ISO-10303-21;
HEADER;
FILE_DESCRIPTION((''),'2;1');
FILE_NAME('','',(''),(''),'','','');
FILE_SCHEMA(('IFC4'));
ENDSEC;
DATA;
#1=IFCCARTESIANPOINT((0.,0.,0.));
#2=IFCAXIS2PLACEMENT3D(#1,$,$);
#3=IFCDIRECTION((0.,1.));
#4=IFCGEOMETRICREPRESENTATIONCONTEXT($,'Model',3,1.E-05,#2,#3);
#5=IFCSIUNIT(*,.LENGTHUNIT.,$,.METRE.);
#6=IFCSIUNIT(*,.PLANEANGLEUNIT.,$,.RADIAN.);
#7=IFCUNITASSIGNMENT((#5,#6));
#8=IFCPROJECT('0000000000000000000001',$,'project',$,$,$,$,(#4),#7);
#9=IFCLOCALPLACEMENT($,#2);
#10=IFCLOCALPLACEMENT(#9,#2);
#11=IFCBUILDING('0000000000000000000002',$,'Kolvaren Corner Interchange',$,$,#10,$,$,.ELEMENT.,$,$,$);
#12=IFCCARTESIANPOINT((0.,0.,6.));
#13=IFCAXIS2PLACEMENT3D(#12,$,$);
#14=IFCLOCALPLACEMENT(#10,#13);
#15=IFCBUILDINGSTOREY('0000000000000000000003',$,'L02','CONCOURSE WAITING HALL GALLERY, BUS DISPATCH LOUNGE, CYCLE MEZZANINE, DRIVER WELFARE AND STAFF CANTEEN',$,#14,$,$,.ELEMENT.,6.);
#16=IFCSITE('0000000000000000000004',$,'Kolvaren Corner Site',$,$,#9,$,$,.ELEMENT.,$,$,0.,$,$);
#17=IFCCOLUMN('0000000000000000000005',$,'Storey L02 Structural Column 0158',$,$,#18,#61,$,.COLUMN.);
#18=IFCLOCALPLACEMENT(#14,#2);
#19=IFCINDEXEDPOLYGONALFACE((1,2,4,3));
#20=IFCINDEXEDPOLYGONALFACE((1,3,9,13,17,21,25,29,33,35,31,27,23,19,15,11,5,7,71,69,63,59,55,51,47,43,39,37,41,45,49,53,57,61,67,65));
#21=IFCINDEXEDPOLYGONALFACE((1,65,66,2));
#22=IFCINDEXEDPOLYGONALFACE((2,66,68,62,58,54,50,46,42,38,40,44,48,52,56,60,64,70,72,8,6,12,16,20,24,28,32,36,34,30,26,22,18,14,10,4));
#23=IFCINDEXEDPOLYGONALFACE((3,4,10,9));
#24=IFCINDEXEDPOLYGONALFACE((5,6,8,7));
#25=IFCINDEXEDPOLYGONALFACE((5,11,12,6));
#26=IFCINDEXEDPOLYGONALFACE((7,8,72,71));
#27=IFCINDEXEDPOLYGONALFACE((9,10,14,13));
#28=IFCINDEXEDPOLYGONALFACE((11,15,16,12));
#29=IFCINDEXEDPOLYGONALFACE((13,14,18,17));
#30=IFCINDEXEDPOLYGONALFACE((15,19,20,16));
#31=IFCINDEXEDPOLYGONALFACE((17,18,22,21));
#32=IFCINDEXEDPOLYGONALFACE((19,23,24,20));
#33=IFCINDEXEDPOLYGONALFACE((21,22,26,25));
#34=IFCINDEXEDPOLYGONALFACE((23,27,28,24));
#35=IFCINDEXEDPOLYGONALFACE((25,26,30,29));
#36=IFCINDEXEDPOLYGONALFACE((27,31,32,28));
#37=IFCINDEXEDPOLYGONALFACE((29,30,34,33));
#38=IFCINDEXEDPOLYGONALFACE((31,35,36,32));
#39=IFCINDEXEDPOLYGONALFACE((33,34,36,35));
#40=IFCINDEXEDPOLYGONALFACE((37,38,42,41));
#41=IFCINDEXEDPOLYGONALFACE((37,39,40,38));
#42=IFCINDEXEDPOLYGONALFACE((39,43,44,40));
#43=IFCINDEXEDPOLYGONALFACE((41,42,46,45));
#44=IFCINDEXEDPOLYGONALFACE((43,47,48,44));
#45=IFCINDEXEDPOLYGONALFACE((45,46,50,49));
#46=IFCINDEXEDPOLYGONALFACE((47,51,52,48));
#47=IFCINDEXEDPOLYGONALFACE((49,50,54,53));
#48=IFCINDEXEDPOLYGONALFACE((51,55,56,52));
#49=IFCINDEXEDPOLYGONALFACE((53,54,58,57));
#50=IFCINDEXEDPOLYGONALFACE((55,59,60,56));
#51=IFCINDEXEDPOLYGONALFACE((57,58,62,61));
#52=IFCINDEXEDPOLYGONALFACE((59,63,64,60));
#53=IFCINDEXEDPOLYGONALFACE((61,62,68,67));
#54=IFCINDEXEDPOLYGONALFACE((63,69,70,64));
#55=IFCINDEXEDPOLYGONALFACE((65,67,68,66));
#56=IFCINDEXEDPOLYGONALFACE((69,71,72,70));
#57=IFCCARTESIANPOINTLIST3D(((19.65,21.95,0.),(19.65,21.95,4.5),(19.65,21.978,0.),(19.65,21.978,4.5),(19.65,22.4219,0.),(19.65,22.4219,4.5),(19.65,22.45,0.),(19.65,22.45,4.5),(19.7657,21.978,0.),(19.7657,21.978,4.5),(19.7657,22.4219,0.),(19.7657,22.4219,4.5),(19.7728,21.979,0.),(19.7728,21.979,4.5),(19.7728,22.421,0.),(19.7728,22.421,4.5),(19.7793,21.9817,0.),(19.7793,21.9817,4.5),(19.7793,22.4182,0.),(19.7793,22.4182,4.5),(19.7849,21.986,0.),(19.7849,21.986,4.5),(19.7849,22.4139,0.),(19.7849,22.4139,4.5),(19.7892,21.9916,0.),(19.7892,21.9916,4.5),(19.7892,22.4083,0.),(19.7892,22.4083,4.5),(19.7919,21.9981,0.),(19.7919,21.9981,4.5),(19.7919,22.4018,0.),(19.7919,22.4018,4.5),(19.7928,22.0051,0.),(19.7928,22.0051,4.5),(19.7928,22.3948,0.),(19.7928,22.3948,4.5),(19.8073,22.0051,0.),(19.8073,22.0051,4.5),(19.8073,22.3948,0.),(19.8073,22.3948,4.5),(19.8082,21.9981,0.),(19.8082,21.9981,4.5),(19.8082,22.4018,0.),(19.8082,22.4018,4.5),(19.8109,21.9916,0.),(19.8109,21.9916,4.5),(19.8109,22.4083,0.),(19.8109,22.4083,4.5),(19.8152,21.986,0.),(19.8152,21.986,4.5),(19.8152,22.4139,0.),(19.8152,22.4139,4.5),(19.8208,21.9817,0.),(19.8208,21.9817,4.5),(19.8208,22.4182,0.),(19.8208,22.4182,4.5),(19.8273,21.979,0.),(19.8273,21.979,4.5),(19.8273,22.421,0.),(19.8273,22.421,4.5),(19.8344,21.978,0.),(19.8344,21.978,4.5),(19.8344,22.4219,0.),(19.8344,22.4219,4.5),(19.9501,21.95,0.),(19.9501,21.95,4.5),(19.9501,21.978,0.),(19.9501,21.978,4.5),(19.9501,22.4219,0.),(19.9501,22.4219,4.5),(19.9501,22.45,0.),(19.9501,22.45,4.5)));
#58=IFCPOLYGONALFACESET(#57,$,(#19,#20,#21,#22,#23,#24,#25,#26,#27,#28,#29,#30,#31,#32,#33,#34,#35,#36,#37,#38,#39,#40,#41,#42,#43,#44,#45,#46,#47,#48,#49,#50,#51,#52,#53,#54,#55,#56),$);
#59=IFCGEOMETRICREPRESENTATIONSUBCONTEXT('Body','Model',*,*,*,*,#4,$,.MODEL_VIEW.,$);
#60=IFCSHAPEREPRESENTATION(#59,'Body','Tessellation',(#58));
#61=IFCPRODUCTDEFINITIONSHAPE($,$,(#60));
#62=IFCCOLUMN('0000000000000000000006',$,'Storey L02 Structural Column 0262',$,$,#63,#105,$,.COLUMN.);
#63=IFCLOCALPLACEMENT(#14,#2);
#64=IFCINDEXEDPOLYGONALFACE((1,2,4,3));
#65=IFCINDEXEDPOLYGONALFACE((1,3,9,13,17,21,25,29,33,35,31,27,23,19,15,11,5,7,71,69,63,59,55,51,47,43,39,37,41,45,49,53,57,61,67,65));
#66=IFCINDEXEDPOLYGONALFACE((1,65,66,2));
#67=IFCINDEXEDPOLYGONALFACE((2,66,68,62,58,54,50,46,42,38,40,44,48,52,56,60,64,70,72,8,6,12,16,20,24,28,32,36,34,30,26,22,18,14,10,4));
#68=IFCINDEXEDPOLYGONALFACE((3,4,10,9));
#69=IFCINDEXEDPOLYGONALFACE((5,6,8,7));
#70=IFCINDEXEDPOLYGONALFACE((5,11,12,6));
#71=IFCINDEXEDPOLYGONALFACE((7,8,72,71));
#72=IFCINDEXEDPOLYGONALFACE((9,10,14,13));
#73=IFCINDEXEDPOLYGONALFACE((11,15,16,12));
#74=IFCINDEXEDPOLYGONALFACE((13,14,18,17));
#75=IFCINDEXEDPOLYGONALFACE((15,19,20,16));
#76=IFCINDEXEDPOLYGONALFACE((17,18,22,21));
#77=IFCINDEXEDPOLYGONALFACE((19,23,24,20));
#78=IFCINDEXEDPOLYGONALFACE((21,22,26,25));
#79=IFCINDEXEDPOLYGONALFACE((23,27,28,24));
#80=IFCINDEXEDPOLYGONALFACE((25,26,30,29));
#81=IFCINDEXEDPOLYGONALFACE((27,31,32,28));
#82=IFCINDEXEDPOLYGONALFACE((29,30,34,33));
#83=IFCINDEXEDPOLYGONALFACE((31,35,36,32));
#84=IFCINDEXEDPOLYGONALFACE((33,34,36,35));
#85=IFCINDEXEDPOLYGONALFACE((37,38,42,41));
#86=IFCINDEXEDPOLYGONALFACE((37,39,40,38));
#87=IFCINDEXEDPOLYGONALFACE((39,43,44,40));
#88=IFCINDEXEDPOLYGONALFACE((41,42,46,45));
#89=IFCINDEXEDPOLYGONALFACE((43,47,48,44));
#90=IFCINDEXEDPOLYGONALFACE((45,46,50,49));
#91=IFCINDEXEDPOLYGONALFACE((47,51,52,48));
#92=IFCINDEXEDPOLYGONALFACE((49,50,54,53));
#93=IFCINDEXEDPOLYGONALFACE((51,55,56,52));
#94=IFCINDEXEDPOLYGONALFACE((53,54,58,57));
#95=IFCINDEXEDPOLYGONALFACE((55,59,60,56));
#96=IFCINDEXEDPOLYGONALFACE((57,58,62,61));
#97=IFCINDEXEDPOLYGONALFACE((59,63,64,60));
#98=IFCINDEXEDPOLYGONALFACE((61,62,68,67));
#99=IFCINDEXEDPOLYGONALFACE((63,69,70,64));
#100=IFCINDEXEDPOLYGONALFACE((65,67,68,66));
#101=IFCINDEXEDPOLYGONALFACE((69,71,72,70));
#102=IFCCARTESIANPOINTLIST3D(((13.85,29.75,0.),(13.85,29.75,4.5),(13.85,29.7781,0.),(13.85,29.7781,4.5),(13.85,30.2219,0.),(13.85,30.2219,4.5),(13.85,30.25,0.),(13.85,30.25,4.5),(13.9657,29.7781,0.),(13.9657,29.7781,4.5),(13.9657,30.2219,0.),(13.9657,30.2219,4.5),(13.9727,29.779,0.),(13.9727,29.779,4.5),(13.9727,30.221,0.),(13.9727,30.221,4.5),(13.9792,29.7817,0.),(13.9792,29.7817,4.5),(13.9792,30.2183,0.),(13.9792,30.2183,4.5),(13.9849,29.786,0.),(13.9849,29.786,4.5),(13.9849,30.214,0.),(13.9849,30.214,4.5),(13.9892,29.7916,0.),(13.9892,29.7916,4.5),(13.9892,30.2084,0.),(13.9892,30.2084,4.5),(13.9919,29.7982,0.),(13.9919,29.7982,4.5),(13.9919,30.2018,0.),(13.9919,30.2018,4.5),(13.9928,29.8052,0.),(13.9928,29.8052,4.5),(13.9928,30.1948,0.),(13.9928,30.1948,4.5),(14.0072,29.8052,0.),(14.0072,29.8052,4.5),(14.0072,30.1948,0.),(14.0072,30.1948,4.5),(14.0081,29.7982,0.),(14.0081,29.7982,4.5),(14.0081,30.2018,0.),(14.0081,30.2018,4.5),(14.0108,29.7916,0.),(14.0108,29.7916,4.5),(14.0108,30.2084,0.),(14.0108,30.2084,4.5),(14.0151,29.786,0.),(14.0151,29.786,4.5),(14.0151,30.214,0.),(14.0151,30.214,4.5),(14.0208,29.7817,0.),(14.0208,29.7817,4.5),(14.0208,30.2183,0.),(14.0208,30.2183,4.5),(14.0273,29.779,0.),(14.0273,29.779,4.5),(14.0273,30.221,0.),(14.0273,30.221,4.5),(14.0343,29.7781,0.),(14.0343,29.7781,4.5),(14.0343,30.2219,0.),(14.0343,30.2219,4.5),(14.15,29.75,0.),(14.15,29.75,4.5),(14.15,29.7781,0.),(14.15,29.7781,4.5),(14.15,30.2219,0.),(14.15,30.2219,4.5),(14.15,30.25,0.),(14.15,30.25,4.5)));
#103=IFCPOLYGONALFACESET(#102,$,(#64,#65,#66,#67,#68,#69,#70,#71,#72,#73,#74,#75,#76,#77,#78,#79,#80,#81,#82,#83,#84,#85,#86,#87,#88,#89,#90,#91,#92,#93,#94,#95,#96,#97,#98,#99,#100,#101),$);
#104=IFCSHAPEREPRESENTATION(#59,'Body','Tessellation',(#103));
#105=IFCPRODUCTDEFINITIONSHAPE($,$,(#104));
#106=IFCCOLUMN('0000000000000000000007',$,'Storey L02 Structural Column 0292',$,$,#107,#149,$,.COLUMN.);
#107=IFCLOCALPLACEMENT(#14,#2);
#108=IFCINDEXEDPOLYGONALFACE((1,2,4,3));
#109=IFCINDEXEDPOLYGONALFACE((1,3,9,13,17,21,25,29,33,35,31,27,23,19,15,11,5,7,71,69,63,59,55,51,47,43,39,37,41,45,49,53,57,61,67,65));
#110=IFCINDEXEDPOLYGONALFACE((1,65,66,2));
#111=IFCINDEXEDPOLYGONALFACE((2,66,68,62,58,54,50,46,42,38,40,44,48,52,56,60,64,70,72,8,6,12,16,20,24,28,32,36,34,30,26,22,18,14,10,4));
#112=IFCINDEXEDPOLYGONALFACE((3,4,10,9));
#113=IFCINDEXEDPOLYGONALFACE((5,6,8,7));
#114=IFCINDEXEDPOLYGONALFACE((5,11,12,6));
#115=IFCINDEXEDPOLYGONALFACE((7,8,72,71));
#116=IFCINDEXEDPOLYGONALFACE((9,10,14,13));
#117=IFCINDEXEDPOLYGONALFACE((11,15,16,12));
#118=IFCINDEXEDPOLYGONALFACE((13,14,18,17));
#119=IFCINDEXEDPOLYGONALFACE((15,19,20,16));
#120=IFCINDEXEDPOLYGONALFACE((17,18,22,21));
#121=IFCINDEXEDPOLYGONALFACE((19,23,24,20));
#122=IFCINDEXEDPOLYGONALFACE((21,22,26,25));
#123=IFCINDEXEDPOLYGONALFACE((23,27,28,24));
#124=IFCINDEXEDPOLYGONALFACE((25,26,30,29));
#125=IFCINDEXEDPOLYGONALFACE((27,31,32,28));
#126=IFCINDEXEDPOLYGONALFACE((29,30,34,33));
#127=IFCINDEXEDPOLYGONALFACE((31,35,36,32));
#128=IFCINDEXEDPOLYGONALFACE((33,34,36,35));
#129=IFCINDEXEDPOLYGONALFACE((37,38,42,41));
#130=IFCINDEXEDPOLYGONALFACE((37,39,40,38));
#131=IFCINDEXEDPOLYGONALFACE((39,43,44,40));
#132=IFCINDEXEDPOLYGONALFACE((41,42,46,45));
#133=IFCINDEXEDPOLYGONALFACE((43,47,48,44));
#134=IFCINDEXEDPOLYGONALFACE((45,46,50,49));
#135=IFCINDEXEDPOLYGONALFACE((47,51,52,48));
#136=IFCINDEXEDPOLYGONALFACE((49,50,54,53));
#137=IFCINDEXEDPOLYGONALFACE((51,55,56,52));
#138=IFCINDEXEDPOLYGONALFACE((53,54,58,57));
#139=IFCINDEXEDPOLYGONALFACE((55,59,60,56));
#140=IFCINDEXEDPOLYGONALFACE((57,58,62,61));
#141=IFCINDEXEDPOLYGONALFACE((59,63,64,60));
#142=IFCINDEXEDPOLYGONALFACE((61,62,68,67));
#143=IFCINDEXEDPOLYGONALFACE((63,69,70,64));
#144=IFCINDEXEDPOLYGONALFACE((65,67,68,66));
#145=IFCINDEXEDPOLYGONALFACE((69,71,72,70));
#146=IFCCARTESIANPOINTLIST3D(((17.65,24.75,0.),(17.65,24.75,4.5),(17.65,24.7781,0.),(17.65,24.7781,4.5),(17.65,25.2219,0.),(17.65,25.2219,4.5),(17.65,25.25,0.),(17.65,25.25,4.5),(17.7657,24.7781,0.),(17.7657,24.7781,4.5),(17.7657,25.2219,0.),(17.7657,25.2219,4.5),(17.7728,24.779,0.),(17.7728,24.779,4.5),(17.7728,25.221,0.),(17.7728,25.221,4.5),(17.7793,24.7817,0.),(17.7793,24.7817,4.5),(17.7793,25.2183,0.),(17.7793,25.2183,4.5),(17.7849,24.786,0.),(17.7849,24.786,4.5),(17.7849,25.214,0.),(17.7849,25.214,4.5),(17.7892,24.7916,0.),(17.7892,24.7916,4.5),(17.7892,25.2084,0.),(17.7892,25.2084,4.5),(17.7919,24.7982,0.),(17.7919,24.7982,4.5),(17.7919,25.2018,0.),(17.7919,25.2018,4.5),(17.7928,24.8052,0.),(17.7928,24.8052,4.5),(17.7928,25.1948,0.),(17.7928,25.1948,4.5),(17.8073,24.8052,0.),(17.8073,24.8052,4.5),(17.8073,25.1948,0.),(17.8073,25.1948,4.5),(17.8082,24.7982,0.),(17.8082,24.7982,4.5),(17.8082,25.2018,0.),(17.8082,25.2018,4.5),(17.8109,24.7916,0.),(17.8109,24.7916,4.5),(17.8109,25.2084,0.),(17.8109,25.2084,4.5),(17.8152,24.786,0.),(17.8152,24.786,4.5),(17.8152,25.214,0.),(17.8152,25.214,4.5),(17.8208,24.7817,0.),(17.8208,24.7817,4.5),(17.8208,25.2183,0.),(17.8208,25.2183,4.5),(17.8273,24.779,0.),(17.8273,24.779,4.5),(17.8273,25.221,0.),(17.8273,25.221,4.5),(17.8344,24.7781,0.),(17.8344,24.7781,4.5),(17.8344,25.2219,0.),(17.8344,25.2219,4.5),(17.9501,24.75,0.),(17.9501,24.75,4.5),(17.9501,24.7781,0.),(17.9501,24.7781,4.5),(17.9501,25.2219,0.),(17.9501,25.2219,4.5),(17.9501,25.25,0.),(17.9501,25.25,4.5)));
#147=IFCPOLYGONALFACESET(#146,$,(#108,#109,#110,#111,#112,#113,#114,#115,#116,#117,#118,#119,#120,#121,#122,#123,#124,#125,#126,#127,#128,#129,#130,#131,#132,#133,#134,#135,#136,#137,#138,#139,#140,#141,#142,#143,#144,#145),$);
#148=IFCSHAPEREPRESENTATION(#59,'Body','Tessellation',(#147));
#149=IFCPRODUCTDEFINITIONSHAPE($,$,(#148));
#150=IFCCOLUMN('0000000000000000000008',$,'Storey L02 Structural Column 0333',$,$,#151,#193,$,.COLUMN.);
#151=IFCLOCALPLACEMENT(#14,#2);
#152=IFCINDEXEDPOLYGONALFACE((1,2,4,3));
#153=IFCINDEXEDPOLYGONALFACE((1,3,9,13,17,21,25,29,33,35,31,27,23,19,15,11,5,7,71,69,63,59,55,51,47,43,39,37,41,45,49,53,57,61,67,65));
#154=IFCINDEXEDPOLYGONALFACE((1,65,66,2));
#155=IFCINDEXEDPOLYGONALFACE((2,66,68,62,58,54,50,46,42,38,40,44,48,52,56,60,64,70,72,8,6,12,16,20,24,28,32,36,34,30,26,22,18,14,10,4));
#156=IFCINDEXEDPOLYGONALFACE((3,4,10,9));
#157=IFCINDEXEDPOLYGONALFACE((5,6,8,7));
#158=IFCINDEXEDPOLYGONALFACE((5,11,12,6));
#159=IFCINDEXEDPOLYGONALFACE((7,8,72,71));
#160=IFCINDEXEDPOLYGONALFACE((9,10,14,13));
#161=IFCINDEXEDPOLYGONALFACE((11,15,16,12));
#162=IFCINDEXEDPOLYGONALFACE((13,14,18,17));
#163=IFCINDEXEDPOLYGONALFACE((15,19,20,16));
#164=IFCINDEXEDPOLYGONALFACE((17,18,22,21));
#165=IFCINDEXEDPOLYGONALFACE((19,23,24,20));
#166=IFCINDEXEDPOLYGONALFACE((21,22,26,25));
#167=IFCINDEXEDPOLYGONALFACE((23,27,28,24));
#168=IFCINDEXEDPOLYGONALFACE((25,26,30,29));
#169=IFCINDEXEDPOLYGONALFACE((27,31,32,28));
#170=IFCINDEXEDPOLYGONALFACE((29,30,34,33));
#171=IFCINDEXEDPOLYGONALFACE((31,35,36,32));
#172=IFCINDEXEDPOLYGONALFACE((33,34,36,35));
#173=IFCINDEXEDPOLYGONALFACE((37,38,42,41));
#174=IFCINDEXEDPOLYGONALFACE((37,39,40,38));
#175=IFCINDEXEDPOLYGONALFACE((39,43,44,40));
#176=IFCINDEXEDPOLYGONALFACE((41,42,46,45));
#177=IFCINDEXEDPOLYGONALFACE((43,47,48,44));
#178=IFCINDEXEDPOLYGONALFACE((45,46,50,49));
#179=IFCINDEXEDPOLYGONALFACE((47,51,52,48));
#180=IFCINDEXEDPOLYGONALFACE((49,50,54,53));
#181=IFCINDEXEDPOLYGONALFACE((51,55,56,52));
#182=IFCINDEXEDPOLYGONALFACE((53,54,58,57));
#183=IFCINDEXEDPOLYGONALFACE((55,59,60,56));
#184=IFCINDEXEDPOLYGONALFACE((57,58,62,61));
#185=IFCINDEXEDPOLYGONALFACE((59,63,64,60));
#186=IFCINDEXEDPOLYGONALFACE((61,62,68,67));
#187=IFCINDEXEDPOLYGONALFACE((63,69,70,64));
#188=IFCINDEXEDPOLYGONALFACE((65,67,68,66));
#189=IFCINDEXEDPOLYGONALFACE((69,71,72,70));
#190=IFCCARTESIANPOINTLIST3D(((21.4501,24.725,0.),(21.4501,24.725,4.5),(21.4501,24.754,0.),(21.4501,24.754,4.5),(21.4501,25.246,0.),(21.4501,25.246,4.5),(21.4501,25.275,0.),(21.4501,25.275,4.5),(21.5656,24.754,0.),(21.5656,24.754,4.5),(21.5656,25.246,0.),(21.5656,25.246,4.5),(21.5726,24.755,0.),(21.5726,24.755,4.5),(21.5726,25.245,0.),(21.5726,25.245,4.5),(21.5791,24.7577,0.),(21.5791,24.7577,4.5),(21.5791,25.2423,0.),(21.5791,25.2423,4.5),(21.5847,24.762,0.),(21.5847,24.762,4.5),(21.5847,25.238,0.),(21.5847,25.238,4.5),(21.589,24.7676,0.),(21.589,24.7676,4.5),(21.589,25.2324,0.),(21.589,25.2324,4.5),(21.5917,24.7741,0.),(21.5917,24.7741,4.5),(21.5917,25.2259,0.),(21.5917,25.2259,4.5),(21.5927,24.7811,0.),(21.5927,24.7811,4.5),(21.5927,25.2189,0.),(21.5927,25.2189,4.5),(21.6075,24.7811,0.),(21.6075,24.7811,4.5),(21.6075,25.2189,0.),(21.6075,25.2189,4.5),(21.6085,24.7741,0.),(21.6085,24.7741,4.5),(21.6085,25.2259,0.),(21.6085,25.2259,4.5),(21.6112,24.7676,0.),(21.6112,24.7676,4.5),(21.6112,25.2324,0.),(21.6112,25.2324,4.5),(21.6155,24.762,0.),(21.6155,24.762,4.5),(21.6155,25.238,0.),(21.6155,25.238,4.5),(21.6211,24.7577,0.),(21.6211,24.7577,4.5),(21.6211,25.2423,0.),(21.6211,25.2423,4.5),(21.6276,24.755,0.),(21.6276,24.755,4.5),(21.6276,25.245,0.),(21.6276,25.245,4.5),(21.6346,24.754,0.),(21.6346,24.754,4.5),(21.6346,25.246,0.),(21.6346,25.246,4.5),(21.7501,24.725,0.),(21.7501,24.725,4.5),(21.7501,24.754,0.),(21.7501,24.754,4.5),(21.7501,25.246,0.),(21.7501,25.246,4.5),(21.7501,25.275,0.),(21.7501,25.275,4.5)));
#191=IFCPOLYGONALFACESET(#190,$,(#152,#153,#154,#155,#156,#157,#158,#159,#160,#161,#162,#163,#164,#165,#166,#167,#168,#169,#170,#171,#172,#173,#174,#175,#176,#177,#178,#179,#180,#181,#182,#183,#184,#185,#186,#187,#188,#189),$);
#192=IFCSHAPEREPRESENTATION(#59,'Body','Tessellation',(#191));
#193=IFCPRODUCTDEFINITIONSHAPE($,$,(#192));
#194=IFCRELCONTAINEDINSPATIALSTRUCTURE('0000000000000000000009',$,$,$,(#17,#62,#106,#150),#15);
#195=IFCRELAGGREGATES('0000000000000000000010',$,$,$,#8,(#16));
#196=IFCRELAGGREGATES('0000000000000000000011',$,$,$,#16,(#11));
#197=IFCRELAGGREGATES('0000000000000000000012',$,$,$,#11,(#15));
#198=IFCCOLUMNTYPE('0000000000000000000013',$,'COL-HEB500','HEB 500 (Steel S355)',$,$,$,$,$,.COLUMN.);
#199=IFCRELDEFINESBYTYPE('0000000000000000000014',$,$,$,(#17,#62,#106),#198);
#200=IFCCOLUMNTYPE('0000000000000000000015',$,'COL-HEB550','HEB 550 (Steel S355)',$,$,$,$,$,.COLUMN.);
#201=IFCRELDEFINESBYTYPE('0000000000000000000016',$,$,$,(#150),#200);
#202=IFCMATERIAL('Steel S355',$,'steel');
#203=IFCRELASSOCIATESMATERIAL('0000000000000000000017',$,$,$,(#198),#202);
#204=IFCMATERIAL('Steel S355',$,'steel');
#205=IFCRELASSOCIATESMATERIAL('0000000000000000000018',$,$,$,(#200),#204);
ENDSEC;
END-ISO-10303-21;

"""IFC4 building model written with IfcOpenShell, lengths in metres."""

from ifc_helpers import new_model, si_unit, direction, frame, origin, origin_2d, place, context, subcontext, project, spatial, i_section, extrude, material, material_profile, profile_set, type_object, element, save


model = new_model("IFC4")

# Units and contexts
model_context = context("Model", 3, precision=1e-05, world=origin(), true_north=direction((0.0, 1.0)))
body_context = subcontext(model_context, "Body", "Model", "MODEL_VIEW")
ifc_project = project(units=[si_unit("LENGTHUNIT", "METRE"), si_unit("PLANEANGLEUNIT", "RADIAN")], contexts=[model_context])

# Site, building, storey
site_placement = place(None, origin())
site = spatial("IfcSite", under=ifc_project, at=site_placement, Name="Kolvaren Corner Site", CompositionType="ELEMENT", RefElevation=0.0)
building_placement = place(site_placement, origin())
building = spatial("IfcBuilding", under=site, at=building_placement, Name="Kolvaren Corner Interchange", CompositionType="ELEMENT")
storey_placement = place(building_placement, frame((0.0, 0.0, 6.0)))
storey = spatial("IfcBuildingStorey", under=building, at=storey_placement, Name="L02", Description="CONCOURSE WAITING HALL GALLERY, BUS DISPATCH LOUNGE, CYCLE MEZZANINE, DRIVER WELFARE AND STAFF CANTEEN", CompositionType="ELEMENT", Elevation=6.0)

# Columns
ifc_material_1 = material(Name="Steel S355", Category="steel")
ifc_material_profile_1 = material_profile(ifc_material_1, i_section(OverallWidth=0.3, OverallDepth=0.5, WebThickness=0.0144, FlangeThickness=0.0281, FilletRadius=0.0271, at=origin_2d()), Name="HEB 500")
ifc_profile_set_1 = profile_set([ifc_material_profile_1], Name="Steel S355")
column_type_1 = type_object("IfcColumnType", Name="COL-HEB500", Description="HEB 500 (Steel S355)", PredefinedType="COLUMN", material=ifc_profile_set_1)
for number, where, z_axis, x_axis, name in (
    (1, (19.8, 22.2, 0.0), (0.0, 0.0, 1.0), (1.0, 0.0, 0.0), "Storey L02 Structural Column 0158"),
    (2, (14.0, 30.0, 0.0), (0.0, 0.0, 1.0), (1.0, 0.0, 0.0), "Storey L02 Structural Column 0262"),
    (3, (17.8, 25.0, 0.0), (0.0, 0.0, 1.0), (1.0, 0.0, 0.0), "Storey L02 Structural Column 0292"),
):
    element("IfcColumn", number, at=place(storey_placement, frame(where, z_axis=z_axis, x_axis=x_axis)), inside=storey, type_object=column_type_1, Name=name, PredefinedType="COLUMN", context=body_context, shape_type="SweptSolid", body=[
        extrude(i_section(OverallWidth=0.3, OverallDepth=0.5, WebThickness=0.0144, FlangeThickness=0.0281, FilletRadius=0.0271, at=origin_2d()), origin(), (0.0, 0.0, 1.0), 4.5),
    ])
ifc_material_2 = material(Name="Steel S355", Category="steel")
ifc_material_profile_2 = material_profile(ifc_material_2, i_section(OverallWidth=0.3, OverallDepth=0.55, WebThickness=0.0149, FlangeThickness=0.0291, FilletRadius=0.0271, at=origin_2d()), Name="HEB 550")
ifc_profile_set_2 = profile_set([ifc_material_profile_2], Name="Steel S355")
column_type_2 = type_object("IfcColumnType", Name="COL-HEB550", Description="HEB 550 (Steel S355)", PredefinedType="COLUMN", material=ifc_profile_set_2)
column_placement = place(storey_placement, frame((21.6001, 25.0, 0.0), z_axis=(0.0, 0.0, 1.0), x_axis=(1.0, 0.0, 0.0)))
element("IfcColumn", 4, at=column_placement, inside=storey, type_object=column_type_2, Name="Storey L02 Structural Column 0333", PredefinedType="COLUMN", context=body_context, shape_type="SweptSolid", body=[
    extrude(i_section(OverallWidth=0.3, OverallDepth=0.55, WebThickness=0.0149, FlangeThickness=0.0291, FilletRadius=0.0271, at=origin_2d()), origin(), (0.0, 0.0, 1.0), 4.5),
])

save(model, "model.ifc")
